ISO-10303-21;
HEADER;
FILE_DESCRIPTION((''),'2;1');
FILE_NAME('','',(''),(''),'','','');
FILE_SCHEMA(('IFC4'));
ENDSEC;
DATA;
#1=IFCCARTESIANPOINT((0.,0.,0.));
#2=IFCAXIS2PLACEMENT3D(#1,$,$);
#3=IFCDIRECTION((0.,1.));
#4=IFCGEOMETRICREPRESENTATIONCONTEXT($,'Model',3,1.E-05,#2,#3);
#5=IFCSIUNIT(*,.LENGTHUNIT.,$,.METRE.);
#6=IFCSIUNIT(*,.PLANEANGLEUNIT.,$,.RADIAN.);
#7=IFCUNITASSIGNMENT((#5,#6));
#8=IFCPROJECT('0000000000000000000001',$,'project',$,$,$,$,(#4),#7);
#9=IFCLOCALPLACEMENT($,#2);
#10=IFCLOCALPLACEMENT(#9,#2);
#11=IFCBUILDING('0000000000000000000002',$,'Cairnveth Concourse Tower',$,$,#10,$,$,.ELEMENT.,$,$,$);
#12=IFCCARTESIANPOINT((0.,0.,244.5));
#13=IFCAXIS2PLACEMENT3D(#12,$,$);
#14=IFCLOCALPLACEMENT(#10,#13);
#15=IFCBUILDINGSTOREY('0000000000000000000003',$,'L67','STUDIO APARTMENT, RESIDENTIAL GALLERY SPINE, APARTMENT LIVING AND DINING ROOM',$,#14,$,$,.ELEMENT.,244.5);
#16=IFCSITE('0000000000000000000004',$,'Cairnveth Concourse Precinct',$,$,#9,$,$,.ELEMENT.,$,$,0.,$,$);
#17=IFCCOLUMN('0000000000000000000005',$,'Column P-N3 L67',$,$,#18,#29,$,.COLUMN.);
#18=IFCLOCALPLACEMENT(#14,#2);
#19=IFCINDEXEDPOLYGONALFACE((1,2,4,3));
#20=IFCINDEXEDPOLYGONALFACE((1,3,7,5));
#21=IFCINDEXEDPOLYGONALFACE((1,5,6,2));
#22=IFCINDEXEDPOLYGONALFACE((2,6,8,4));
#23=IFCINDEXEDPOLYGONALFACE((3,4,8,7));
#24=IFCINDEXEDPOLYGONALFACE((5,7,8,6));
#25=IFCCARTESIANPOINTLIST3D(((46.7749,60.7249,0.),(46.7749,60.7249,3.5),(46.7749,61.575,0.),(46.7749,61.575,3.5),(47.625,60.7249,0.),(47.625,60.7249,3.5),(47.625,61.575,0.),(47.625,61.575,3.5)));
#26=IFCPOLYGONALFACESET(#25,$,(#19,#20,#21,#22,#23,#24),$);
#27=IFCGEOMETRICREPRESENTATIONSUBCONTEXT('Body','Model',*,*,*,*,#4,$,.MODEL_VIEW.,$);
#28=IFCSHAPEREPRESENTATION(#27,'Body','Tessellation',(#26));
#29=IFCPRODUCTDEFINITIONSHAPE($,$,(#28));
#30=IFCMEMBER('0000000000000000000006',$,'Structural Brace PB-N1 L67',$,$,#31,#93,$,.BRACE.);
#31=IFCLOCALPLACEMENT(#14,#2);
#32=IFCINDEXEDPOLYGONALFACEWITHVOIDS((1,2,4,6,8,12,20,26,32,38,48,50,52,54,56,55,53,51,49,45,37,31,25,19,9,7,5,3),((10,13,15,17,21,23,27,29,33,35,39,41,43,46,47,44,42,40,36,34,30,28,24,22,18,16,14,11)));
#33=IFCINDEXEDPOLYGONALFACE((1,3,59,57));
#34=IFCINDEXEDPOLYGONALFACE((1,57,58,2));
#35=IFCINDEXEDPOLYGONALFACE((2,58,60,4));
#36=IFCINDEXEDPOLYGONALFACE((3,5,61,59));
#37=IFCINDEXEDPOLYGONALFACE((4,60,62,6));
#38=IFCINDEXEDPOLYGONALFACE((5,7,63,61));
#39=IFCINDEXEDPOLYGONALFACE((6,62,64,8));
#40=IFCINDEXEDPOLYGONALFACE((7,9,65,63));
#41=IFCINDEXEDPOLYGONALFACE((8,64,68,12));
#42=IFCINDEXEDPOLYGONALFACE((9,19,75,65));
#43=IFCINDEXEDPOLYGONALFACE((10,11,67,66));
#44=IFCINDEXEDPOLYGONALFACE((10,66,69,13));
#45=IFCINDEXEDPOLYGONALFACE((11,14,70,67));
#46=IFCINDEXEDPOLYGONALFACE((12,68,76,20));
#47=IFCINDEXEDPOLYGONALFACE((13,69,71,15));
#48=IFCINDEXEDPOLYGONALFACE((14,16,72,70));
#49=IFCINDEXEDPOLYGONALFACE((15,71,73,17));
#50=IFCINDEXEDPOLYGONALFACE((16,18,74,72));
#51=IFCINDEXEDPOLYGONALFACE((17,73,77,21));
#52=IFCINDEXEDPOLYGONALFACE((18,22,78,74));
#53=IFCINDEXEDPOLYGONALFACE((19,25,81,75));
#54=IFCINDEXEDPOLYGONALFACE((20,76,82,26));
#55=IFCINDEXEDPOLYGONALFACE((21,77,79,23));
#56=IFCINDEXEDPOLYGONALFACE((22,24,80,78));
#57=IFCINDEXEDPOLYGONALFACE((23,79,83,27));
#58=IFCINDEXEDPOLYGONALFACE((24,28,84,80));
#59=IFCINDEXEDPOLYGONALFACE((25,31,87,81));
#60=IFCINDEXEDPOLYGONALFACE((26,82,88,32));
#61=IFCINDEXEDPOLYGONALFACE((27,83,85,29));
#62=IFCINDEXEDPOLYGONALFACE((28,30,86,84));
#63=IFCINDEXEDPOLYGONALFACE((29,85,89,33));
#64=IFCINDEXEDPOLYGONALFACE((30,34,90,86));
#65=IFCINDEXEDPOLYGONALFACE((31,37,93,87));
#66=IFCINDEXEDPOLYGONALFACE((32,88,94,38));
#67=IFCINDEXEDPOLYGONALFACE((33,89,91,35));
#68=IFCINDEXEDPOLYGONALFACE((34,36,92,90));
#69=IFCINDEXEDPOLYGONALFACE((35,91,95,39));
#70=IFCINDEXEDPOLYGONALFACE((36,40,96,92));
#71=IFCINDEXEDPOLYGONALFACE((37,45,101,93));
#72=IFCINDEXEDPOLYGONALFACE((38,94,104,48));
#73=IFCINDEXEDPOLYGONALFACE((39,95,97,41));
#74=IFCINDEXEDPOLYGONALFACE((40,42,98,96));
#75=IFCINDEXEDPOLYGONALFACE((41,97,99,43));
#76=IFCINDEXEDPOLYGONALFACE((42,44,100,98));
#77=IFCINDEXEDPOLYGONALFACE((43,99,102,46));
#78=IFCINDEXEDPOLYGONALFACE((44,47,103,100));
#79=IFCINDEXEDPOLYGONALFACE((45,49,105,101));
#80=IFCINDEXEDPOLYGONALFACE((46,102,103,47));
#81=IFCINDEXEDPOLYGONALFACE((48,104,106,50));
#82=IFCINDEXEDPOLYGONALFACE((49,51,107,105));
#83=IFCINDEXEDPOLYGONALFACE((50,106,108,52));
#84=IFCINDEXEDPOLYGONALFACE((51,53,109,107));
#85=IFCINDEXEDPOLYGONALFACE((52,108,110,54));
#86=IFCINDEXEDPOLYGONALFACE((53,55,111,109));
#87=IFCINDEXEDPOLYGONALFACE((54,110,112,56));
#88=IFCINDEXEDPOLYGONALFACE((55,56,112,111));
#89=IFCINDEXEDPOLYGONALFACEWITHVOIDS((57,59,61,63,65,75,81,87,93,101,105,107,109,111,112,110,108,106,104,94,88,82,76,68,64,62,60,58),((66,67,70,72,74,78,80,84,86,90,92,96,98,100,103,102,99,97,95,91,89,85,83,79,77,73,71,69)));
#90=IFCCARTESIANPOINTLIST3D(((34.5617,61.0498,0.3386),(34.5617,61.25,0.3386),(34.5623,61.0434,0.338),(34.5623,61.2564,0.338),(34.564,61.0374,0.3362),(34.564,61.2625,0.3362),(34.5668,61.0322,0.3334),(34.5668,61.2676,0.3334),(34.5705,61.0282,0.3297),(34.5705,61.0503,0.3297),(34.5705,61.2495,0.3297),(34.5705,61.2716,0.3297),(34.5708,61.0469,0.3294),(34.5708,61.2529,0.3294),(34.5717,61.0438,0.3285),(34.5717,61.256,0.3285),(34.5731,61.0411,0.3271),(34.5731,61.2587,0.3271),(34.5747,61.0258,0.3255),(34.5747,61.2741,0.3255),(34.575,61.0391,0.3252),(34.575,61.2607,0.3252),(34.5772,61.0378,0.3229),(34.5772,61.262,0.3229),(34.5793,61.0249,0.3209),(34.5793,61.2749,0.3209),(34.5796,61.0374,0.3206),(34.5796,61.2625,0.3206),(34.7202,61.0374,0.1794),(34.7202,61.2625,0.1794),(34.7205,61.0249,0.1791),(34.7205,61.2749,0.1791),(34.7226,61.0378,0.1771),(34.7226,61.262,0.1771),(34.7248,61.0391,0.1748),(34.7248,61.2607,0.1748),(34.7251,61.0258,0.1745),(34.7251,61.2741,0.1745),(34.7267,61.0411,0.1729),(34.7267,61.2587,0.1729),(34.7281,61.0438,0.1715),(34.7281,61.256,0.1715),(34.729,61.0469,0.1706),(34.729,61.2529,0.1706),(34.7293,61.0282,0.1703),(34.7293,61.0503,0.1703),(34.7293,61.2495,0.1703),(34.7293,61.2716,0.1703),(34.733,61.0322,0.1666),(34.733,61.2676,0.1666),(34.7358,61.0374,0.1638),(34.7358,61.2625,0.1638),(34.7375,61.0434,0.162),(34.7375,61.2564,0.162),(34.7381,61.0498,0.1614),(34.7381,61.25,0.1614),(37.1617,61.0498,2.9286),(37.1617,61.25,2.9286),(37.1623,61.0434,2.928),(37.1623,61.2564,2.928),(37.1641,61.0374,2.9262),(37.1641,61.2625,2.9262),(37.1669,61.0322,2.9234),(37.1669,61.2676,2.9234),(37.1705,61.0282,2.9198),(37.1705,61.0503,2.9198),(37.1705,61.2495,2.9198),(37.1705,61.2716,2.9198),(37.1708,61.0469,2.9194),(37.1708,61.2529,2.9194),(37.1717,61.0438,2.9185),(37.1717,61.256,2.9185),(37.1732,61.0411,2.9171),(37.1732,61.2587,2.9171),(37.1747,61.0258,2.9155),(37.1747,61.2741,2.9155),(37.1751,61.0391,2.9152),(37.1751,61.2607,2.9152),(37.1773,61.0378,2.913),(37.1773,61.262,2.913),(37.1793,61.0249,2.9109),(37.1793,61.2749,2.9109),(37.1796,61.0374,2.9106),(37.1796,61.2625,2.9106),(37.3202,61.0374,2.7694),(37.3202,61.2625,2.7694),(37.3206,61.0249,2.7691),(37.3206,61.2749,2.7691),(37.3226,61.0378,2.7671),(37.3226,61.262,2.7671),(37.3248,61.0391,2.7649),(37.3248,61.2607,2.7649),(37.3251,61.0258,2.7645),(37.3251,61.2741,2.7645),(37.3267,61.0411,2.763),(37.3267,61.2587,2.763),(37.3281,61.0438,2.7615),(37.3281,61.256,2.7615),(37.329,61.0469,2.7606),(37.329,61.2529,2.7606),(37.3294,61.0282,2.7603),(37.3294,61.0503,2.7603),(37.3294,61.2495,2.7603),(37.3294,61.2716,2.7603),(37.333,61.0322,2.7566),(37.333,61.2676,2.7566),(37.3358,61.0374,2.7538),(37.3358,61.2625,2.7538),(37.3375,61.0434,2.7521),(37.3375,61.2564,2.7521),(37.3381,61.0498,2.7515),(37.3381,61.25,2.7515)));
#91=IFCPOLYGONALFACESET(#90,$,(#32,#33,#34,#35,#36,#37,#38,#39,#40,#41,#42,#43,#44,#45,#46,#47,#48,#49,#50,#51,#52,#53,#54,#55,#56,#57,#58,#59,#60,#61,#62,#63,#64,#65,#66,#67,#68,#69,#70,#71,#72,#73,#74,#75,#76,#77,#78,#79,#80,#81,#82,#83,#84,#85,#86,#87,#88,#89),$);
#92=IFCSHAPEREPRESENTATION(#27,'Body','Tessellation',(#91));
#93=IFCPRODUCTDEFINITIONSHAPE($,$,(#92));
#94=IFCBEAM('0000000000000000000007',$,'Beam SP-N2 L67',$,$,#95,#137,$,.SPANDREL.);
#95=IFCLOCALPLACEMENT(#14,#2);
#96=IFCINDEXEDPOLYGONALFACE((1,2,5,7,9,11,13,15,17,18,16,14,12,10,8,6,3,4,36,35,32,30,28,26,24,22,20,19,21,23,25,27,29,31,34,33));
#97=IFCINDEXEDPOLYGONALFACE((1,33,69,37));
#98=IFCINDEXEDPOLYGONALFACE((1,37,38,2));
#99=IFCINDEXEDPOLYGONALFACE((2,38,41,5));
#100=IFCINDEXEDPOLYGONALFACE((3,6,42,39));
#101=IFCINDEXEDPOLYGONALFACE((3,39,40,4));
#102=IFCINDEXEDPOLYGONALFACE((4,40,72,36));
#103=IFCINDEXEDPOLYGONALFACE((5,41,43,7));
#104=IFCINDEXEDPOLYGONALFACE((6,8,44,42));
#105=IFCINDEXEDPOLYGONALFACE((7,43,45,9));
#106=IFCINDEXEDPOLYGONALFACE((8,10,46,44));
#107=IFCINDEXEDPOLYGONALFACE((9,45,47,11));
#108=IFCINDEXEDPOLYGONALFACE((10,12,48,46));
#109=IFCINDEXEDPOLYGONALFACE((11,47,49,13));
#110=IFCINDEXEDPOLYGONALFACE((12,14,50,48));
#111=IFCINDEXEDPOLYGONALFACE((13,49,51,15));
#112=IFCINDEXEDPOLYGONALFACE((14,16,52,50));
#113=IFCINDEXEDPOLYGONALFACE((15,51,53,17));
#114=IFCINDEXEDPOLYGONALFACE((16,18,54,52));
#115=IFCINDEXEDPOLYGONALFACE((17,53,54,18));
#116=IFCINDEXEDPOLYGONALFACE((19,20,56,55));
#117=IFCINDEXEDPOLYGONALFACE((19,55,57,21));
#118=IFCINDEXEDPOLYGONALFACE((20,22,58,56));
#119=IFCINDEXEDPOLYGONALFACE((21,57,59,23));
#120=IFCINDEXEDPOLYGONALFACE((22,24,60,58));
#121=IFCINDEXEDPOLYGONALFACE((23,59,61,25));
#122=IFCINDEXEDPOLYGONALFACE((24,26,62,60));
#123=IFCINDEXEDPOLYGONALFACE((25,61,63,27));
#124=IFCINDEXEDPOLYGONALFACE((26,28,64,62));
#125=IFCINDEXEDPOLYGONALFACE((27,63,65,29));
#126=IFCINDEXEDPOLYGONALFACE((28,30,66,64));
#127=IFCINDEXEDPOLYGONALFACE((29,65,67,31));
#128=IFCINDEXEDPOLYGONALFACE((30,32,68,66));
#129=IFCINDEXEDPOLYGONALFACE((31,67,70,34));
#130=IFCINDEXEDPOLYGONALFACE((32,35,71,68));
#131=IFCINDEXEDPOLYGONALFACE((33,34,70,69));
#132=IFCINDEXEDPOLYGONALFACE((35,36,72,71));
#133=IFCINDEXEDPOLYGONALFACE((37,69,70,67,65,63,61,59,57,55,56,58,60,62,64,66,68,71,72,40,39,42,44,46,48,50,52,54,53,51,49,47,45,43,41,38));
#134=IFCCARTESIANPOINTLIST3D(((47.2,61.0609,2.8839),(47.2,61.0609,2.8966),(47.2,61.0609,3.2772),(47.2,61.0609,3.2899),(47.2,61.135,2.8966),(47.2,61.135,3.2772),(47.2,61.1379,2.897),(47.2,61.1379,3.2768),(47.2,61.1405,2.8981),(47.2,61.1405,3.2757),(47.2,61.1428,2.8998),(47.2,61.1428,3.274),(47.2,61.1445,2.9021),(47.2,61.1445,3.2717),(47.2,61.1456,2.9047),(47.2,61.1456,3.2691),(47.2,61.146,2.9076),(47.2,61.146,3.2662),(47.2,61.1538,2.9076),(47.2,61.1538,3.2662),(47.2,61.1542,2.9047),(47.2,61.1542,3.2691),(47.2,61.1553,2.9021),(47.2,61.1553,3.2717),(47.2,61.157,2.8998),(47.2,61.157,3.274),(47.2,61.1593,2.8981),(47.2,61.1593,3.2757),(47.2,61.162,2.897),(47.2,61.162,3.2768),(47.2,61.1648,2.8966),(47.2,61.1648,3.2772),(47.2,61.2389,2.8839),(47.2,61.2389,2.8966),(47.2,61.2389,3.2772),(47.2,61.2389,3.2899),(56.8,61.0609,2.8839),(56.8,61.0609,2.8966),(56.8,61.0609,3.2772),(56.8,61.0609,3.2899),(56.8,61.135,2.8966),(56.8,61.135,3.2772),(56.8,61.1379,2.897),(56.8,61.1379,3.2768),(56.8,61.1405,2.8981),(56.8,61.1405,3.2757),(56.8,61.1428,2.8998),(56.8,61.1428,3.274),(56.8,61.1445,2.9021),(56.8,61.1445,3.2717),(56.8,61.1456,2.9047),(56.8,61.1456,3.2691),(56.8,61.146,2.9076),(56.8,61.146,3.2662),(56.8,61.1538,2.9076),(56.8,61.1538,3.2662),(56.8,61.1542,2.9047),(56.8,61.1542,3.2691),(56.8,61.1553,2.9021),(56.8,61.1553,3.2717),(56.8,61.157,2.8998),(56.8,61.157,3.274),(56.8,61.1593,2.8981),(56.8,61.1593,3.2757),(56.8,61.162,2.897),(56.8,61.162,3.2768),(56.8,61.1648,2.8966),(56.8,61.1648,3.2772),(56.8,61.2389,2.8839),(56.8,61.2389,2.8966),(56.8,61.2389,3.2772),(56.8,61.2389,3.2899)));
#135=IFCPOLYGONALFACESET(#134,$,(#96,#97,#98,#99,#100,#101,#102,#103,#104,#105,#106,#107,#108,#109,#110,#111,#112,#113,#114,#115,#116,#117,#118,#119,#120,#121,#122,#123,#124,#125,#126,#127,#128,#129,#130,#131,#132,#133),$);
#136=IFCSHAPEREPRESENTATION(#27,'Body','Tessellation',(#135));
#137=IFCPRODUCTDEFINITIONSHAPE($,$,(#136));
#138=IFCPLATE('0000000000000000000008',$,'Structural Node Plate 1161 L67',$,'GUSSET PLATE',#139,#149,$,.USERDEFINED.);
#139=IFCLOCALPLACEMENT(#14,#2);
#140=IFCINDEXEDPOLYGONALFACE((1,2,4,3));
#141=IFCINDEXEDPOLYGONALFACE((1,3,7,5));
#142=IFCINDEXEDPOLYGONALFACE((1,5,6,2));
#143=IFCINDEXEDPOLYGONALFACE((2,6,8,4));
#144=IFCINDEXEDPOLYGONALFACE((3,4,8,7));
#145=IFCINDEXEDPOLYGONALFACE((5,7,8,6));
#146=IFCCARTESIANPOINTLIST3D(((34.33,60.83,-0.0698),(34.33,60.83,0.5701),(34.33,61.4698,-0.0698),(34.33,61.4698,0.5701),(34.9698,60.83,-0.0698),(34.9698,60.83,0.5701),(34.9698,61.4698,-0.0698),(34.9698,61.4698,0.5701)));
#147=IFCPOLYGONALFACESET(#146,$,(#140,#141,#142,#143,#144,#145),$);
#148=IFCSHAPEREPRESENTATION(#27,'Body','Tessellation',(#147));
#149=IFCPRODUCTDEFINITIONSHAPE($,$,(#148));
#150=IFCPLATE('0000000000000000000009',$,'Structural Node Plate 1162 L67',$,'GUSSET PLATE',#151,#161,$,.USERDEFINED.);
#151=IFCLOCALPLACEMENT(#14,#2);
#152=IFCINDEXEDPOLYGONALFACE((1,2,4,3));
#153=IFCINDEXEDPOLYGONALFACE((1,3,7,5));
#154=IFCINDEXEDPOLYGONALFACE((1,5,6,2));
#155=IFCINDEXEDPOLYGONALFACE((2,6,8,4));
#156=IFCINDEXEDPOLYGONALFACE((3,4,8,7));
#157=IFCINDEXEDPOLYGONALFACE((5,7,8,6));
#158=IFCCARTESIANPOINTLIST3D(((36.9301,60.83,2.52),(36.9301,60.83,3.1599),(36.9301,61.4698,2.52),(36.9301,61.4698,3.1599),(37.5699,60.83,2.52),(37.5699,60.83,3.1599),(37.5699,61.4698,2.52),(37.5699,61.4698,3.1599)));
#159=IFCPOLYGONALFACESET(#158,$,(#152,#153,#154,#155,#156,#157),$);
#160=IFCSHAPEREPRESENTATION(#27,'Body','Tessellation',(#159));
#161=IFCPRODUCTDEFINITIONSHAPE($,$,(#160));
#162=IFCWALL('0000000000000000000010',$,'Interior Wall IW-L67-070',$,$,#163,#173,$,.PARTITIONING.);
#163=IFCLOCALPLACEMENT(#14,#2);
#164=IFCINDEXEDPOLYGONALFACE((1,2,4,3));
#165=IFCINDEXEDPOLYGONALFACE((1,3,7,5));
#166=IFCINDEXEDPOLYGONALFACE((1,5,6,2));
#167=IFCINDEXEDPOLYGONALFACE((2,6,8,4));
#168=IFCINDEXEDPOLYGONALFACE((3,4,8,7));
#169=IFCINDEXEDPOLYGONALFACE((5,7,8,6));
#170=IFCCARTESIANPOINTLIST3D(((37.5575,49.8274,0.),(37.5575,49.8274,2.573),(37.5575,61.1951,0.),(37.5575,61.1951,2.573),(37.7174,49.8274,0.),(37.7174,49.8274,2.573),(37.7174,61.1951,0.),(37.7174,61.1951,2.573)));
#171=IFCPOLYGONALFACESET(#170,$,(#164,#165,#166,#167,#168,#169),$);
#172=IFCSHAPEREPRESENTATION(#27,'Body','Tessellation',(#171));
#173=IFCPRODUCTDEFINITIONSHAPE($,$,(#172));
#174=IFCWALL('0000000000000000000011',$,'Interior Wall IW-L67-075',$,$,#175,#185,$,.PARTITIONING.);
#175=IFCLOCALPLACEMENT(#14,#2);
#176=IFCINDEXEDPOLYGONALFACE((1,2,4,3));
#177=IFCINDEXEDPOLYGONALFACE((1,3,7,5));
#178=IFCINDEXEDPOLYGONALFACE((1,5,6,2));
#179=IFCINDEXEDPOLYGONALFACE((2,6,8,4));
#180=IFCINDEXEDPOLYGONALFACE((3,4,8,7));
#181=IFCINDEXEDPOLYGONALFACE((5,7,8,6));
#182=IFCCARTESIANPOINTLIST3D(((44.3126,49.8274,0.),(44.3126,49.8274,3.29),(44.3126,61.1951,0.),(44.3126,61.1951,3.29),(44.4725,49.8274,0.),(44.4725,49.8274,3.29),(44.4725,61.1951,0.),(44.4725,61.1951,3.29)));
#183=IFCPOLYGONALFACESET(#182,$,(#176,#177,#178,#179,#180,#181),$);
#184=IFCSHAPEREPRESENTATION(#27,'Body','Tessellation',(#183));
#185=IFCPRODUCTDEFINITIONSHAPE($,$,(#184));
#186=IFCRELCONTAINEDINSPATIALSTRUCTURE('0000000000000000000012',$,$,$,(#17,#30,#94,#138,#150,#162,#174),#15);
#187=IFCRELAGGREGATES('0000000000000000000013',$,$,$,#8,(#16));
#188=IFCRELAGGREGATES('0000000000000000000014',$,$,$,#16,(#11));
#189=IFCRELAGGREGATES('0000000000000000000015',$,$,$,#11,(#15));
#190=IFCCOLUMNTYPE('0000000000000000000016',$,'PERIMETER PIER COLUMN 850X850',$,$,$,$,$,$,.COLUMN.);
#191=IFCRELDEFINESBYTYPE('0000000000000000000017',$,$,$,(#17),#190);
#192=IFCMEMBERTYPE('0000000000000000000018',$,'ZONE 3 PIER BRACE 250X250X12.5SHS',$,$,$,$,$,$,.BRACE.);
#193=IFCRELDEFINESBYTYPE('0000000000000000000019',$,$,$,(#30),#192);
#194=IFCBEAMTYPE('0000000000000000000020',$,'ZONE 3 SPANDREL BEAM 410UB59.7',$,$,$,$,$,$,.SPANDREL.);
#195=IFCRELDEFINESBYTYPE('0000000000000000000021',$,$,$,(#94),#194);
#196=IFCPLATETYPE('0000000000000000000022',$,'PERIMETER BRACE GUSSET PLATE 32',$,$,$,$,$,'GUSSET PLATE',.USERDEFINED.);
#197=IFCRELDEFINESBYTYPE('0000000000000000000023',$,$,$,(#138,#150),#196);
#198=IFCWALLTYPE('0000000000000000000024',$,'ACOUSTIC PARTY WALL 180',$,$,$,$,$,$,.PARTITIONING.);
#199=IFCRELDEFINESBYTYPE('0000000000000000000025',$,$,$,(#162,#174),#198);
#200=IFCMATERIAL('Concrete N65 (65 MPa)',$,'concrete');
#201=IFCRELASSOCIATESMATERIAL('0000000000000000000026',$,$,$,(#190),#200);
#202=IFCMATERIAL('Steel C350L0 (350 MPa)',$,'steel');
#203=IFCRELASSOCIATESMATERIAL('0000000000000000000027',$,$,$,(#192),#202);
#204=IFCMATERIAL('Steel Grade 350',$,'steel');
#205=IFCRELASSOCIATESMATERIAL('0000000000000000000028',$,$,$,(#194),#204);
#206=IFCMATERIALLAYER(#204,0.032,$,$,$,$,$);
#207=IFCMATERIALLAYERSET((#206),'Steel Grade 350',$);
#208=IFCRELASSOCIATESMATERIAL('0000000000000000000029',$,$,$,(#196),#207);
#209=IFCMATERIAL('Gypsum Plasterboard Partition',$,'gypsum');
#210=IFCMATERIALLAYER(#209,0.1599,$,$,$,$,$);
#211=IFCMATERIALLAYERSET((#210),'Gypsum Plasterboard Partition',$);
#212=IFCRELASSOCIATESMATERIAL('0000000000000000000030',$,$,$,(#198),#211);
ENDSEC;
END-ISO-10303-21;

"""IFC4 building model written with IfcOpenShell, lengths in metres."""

from ifc_helpers import new_model, si_unit, direction, frame, frame_2d, origin, origin_2d, place, context, subcontext, project, spatial, rectangle, hollow_rectangle, i_section, extrude, material, layer, layer_set, material_profile, profile_set, type_object, element, save


model = new_model("IFC4")

# Units and contexts
model_context = context("Model", 3, precision=1e-05, world=origin(), true_north=direction((0.0, 1.0)))
body_context = subcontext(model_context, "Body", "Model", "MODEL_VIEW")
ifc_project = project(units=[si_unit("LENGTHUNIT", "METRE"), si_unit("PLANEANGLEUNIT", "RADIAN")], contexts=[model_context])

# Site, building, storey
site_placement = place(None, origin())
site = spatial("IfcSite", under=ifc_project, at=site_placement, Name="Cairnveth Concourse Precinct", CompositionType="ELEMENT", RefElevation=0.0)
building_placement = place(site_placement, origin())
building = spatial("IfcBuilding", under=site, at=building_placement, Name="Cairnveth Concourse Tower", CompositionType="ELEMENT")
storey_placement = place(building_placement, frame((0.0, 0.0, 244.5)))
storey = spatial("IfcBuildingStorey", under=building, at=storey_placement, Name="L67", Description="STUDIO APARTMENT, RESIDENTIAL GALLERY SPINE, APARTMENT LIVING AND DINING ROOM", CompositionType="ELEMENT", Elevation=244.5)

# Column
ifc_material_1 = material(Name="Concrete N65 (65 MPa)", Category="concrete")
ifc_material_profile_1 = material_profile(ifc_material_1, rectangle(XDim=0.8501, YDim=0.8501, at=origin_2d()), Name="RC-COL-850x850")
ifc_profile_set_1 = profile_set([ifc_material_profile_1], Name="Concrete N65 (65 MPa)")
column_type = type_object("IfcColumnType", Name="PERIMETER PIER COLUMN 850X850", PredefinedType="COLUMN", material=ifc_profile_set_1)
column_placement = place(storey_placement, frame((47.2, 61.1499, 0.0), z_axis=(0.0, 0.0, 1.0), x_axis=(1.0, 0.0, 0.0)))
element("IfcColumn", 1, at=column_placement, inside=storey, type_object=column_type, Name="Column P-N3 L67", PredefinedType="COLUMN", context=body_context, shape_type="SweptSolid", body=[
    extrude(rectangle(XDim=0.8501, YDim=0.8501, at=origin_2d()), origin(), (0.0, 0.0, 1.0), 3.5),
])

# Member
ifc_material_2 = material(Name="Steel C350L0 (350 MPa)", Category="steel")
ifc_material_profile_2 = material_profile(ifc_material_2, hollow_rectangle(XDim=0.25, YDim=0.25, WallThickness=0.0125, InnerFilletRadius=0.0129, OuterFilletRadius=0.0249, at=origin_2d()), Name="250x250x12.5SHS")
ifc_profile_set_2 = profile_set([ifc_material_profile_2], Name="Steel C350L0 (350 MPa)")
member_type = type_object("IfcMemberType", Name="ZONE 3 PIER BRACE 250X250X12.5SHS", PredefinedType="BRACE", material=ifc_profile_set_2)
member_placement = place(storey_placement, frame((34.6499, 61.1499, 0.25), z_axis=(0.708469, 0.0, 0.705742), x_axis=(0.0, 1.0, 0.0)))
element("IfcMember", 2, at=member_placement, inside=storey, type_object=member_type, Name="Structural Brace PB-N1 L67", PredefinedType="BRACE", context=body_context, shape_type="SweptSolid", body=[
    extrude(hollow_rectangle(XDim=0.25, YDim=0.25, WallThickness=0.0125, InnerFilletRadius=0.0129, OuterFilletRadius=0.0249, at=origin_2d()), origin(), (0.0, 0.0, 1.0), 3.6699),
])

# Beam
ifc_material_3 = material(Name="Steel Grade 350", Category="steel")
ifc_material_profile_3 = material_profile(ifc_material_3, i_section(OverallWidth=0.178, OverallDepth=0.406, WebThickness=0.0078, FlangeThickness=0.0127, FilletRadius=0.011, at=origin_2d()), Name="410UB59.7")
ifc_profile_set_3 = profile_set([ifc_material_profile_3], Name="Steel Grade 350")
beam_type = type_object("IfcBeamType", Name="ZONE 3 SPANDREL BEAM 410UB59.7", PredefinedType="SPANDREL", material=ifc_profile_set_3)
beam_placement = place(storey_placement, frame((47.2, 61.1499, 3.0869), z_axis=(1.0, 0.0, 0.0), x_axis=(0.0, 1.0, 0.0)))
element("IfcBeam", 3, at=beam_placement, inside=storey, type_object=beam_type, Name="Beam SP-N2 L67", PredefinedType="SPANDREL", context=body_context, shape_type="SweptSolid", body=[
    extrude(i_section(OverallWidth=0.178, OverallDepth=0.406, WebThickness=0.0078, FlangeThickness=0.0127, FilletRadius=0.011, at=origin_2d()), origin(), (0.0, 0.0, 1.0), 9.6001),
])

# Plates
ifc_layer_1 = layer(ifc_material_3, 0.032)
ifc_layer_set_1 = layer_set([ifc_layer_1], Name="Steel Grade 350")
plate_type = type_object("IfcPlateType", Name="PERIMETER BRACE GUSSET PLATE 32", ElementType="GUSSET PLATE", PredefinedType="USERDEFINED", material=ifc_layer_set_1)
for number, where, z_axis, x_axis, name in (
    (4, (34.6499, 61.1499, -0.0698), (0.0, 0.0, 1.0), (1.0, 0.0, 0.0), "Structural Node Plate 1161 L67"),
    (5, (37.25, 61.1499, 2.52), (0.0, 0.0, 1.0), (1.0, 0.0, 0.0), "Structural Node Plate 1162 L67"),
):
    element("IfcPlate", number, at=place(storey_placement, frame(where, z_axis=z_axis, x_axis=x_axis)), inside=storey, type_object=plate_type, Name=name, ObjectType="GUSSET PLATE", PredefinedType="USERDEFINED", context=body_context, shape_type="SweptSolid", body=[
        extrude(rectangle(XDim=0.6399, YDim=0.6399, at=origin_2d()), origin(), (0.0, 0.0, 1.0), 0.6399),
    ])

# Walls
ifc_material_4 = material(Name="Gypsum Plasterboard Partition", Category="gypsum")
ifc_layer_2 = layer(ifc_material_4, 0.1599)
ifc_layer_set_2 = layer_set([ifc_layer_2], Name="Gypsum Plasterboard Partition")
wall_type_1 = type_object("IfcWallType", Name="ACOUSTIC PARTY WALL 180", PredefinedType="PARTITIONING", material=ifc_layer_set_2)
wall_1_placement = place(storey_placement, frame((37.6375, 49.8274, 0.0), z_axis=(0.0, 0.0, 1.0), x_axis=(0.0, 1.0, 0.0)))
element("IfcWall", 6, at=wall_1_placement, inside=storey, type_object=wall_type_1, Name="Interior Wall IW-L67-070", PredefinedType="PARTITIONING", context=body_context, shape_type="SweptSolid", body=[
    extrude(rectangle(XDim=11.3677, YDim=0.1599, at=frame_2d((5.6838, 0.0))), origin(), (0.0, 0.0, 1.0), 2.573),
])
wall_2_placement = place(storey_placement, frame((44.3926, 49.8274, 0.0), z_axis=(0.0, 0.0, 1.0), x_axis=(0.0, 1.0, 0.0)))
element("IfcWall", 7, at=wall_2_placement, inside=storey, type_object=wall_type_1, Name="Interior Wall IW-L67-075", PredefinedType="PARTITIONING", context=body_context, shape_type="SweptSolid", body=[
    extrude(rectangle(XDim=11.3677, YDim=0.1599, at=frame_2d((5.6838, 0.0))), origin(), (0.0, 0.0, 1.0), 3.29),
])

save(model, "model.ifc")
